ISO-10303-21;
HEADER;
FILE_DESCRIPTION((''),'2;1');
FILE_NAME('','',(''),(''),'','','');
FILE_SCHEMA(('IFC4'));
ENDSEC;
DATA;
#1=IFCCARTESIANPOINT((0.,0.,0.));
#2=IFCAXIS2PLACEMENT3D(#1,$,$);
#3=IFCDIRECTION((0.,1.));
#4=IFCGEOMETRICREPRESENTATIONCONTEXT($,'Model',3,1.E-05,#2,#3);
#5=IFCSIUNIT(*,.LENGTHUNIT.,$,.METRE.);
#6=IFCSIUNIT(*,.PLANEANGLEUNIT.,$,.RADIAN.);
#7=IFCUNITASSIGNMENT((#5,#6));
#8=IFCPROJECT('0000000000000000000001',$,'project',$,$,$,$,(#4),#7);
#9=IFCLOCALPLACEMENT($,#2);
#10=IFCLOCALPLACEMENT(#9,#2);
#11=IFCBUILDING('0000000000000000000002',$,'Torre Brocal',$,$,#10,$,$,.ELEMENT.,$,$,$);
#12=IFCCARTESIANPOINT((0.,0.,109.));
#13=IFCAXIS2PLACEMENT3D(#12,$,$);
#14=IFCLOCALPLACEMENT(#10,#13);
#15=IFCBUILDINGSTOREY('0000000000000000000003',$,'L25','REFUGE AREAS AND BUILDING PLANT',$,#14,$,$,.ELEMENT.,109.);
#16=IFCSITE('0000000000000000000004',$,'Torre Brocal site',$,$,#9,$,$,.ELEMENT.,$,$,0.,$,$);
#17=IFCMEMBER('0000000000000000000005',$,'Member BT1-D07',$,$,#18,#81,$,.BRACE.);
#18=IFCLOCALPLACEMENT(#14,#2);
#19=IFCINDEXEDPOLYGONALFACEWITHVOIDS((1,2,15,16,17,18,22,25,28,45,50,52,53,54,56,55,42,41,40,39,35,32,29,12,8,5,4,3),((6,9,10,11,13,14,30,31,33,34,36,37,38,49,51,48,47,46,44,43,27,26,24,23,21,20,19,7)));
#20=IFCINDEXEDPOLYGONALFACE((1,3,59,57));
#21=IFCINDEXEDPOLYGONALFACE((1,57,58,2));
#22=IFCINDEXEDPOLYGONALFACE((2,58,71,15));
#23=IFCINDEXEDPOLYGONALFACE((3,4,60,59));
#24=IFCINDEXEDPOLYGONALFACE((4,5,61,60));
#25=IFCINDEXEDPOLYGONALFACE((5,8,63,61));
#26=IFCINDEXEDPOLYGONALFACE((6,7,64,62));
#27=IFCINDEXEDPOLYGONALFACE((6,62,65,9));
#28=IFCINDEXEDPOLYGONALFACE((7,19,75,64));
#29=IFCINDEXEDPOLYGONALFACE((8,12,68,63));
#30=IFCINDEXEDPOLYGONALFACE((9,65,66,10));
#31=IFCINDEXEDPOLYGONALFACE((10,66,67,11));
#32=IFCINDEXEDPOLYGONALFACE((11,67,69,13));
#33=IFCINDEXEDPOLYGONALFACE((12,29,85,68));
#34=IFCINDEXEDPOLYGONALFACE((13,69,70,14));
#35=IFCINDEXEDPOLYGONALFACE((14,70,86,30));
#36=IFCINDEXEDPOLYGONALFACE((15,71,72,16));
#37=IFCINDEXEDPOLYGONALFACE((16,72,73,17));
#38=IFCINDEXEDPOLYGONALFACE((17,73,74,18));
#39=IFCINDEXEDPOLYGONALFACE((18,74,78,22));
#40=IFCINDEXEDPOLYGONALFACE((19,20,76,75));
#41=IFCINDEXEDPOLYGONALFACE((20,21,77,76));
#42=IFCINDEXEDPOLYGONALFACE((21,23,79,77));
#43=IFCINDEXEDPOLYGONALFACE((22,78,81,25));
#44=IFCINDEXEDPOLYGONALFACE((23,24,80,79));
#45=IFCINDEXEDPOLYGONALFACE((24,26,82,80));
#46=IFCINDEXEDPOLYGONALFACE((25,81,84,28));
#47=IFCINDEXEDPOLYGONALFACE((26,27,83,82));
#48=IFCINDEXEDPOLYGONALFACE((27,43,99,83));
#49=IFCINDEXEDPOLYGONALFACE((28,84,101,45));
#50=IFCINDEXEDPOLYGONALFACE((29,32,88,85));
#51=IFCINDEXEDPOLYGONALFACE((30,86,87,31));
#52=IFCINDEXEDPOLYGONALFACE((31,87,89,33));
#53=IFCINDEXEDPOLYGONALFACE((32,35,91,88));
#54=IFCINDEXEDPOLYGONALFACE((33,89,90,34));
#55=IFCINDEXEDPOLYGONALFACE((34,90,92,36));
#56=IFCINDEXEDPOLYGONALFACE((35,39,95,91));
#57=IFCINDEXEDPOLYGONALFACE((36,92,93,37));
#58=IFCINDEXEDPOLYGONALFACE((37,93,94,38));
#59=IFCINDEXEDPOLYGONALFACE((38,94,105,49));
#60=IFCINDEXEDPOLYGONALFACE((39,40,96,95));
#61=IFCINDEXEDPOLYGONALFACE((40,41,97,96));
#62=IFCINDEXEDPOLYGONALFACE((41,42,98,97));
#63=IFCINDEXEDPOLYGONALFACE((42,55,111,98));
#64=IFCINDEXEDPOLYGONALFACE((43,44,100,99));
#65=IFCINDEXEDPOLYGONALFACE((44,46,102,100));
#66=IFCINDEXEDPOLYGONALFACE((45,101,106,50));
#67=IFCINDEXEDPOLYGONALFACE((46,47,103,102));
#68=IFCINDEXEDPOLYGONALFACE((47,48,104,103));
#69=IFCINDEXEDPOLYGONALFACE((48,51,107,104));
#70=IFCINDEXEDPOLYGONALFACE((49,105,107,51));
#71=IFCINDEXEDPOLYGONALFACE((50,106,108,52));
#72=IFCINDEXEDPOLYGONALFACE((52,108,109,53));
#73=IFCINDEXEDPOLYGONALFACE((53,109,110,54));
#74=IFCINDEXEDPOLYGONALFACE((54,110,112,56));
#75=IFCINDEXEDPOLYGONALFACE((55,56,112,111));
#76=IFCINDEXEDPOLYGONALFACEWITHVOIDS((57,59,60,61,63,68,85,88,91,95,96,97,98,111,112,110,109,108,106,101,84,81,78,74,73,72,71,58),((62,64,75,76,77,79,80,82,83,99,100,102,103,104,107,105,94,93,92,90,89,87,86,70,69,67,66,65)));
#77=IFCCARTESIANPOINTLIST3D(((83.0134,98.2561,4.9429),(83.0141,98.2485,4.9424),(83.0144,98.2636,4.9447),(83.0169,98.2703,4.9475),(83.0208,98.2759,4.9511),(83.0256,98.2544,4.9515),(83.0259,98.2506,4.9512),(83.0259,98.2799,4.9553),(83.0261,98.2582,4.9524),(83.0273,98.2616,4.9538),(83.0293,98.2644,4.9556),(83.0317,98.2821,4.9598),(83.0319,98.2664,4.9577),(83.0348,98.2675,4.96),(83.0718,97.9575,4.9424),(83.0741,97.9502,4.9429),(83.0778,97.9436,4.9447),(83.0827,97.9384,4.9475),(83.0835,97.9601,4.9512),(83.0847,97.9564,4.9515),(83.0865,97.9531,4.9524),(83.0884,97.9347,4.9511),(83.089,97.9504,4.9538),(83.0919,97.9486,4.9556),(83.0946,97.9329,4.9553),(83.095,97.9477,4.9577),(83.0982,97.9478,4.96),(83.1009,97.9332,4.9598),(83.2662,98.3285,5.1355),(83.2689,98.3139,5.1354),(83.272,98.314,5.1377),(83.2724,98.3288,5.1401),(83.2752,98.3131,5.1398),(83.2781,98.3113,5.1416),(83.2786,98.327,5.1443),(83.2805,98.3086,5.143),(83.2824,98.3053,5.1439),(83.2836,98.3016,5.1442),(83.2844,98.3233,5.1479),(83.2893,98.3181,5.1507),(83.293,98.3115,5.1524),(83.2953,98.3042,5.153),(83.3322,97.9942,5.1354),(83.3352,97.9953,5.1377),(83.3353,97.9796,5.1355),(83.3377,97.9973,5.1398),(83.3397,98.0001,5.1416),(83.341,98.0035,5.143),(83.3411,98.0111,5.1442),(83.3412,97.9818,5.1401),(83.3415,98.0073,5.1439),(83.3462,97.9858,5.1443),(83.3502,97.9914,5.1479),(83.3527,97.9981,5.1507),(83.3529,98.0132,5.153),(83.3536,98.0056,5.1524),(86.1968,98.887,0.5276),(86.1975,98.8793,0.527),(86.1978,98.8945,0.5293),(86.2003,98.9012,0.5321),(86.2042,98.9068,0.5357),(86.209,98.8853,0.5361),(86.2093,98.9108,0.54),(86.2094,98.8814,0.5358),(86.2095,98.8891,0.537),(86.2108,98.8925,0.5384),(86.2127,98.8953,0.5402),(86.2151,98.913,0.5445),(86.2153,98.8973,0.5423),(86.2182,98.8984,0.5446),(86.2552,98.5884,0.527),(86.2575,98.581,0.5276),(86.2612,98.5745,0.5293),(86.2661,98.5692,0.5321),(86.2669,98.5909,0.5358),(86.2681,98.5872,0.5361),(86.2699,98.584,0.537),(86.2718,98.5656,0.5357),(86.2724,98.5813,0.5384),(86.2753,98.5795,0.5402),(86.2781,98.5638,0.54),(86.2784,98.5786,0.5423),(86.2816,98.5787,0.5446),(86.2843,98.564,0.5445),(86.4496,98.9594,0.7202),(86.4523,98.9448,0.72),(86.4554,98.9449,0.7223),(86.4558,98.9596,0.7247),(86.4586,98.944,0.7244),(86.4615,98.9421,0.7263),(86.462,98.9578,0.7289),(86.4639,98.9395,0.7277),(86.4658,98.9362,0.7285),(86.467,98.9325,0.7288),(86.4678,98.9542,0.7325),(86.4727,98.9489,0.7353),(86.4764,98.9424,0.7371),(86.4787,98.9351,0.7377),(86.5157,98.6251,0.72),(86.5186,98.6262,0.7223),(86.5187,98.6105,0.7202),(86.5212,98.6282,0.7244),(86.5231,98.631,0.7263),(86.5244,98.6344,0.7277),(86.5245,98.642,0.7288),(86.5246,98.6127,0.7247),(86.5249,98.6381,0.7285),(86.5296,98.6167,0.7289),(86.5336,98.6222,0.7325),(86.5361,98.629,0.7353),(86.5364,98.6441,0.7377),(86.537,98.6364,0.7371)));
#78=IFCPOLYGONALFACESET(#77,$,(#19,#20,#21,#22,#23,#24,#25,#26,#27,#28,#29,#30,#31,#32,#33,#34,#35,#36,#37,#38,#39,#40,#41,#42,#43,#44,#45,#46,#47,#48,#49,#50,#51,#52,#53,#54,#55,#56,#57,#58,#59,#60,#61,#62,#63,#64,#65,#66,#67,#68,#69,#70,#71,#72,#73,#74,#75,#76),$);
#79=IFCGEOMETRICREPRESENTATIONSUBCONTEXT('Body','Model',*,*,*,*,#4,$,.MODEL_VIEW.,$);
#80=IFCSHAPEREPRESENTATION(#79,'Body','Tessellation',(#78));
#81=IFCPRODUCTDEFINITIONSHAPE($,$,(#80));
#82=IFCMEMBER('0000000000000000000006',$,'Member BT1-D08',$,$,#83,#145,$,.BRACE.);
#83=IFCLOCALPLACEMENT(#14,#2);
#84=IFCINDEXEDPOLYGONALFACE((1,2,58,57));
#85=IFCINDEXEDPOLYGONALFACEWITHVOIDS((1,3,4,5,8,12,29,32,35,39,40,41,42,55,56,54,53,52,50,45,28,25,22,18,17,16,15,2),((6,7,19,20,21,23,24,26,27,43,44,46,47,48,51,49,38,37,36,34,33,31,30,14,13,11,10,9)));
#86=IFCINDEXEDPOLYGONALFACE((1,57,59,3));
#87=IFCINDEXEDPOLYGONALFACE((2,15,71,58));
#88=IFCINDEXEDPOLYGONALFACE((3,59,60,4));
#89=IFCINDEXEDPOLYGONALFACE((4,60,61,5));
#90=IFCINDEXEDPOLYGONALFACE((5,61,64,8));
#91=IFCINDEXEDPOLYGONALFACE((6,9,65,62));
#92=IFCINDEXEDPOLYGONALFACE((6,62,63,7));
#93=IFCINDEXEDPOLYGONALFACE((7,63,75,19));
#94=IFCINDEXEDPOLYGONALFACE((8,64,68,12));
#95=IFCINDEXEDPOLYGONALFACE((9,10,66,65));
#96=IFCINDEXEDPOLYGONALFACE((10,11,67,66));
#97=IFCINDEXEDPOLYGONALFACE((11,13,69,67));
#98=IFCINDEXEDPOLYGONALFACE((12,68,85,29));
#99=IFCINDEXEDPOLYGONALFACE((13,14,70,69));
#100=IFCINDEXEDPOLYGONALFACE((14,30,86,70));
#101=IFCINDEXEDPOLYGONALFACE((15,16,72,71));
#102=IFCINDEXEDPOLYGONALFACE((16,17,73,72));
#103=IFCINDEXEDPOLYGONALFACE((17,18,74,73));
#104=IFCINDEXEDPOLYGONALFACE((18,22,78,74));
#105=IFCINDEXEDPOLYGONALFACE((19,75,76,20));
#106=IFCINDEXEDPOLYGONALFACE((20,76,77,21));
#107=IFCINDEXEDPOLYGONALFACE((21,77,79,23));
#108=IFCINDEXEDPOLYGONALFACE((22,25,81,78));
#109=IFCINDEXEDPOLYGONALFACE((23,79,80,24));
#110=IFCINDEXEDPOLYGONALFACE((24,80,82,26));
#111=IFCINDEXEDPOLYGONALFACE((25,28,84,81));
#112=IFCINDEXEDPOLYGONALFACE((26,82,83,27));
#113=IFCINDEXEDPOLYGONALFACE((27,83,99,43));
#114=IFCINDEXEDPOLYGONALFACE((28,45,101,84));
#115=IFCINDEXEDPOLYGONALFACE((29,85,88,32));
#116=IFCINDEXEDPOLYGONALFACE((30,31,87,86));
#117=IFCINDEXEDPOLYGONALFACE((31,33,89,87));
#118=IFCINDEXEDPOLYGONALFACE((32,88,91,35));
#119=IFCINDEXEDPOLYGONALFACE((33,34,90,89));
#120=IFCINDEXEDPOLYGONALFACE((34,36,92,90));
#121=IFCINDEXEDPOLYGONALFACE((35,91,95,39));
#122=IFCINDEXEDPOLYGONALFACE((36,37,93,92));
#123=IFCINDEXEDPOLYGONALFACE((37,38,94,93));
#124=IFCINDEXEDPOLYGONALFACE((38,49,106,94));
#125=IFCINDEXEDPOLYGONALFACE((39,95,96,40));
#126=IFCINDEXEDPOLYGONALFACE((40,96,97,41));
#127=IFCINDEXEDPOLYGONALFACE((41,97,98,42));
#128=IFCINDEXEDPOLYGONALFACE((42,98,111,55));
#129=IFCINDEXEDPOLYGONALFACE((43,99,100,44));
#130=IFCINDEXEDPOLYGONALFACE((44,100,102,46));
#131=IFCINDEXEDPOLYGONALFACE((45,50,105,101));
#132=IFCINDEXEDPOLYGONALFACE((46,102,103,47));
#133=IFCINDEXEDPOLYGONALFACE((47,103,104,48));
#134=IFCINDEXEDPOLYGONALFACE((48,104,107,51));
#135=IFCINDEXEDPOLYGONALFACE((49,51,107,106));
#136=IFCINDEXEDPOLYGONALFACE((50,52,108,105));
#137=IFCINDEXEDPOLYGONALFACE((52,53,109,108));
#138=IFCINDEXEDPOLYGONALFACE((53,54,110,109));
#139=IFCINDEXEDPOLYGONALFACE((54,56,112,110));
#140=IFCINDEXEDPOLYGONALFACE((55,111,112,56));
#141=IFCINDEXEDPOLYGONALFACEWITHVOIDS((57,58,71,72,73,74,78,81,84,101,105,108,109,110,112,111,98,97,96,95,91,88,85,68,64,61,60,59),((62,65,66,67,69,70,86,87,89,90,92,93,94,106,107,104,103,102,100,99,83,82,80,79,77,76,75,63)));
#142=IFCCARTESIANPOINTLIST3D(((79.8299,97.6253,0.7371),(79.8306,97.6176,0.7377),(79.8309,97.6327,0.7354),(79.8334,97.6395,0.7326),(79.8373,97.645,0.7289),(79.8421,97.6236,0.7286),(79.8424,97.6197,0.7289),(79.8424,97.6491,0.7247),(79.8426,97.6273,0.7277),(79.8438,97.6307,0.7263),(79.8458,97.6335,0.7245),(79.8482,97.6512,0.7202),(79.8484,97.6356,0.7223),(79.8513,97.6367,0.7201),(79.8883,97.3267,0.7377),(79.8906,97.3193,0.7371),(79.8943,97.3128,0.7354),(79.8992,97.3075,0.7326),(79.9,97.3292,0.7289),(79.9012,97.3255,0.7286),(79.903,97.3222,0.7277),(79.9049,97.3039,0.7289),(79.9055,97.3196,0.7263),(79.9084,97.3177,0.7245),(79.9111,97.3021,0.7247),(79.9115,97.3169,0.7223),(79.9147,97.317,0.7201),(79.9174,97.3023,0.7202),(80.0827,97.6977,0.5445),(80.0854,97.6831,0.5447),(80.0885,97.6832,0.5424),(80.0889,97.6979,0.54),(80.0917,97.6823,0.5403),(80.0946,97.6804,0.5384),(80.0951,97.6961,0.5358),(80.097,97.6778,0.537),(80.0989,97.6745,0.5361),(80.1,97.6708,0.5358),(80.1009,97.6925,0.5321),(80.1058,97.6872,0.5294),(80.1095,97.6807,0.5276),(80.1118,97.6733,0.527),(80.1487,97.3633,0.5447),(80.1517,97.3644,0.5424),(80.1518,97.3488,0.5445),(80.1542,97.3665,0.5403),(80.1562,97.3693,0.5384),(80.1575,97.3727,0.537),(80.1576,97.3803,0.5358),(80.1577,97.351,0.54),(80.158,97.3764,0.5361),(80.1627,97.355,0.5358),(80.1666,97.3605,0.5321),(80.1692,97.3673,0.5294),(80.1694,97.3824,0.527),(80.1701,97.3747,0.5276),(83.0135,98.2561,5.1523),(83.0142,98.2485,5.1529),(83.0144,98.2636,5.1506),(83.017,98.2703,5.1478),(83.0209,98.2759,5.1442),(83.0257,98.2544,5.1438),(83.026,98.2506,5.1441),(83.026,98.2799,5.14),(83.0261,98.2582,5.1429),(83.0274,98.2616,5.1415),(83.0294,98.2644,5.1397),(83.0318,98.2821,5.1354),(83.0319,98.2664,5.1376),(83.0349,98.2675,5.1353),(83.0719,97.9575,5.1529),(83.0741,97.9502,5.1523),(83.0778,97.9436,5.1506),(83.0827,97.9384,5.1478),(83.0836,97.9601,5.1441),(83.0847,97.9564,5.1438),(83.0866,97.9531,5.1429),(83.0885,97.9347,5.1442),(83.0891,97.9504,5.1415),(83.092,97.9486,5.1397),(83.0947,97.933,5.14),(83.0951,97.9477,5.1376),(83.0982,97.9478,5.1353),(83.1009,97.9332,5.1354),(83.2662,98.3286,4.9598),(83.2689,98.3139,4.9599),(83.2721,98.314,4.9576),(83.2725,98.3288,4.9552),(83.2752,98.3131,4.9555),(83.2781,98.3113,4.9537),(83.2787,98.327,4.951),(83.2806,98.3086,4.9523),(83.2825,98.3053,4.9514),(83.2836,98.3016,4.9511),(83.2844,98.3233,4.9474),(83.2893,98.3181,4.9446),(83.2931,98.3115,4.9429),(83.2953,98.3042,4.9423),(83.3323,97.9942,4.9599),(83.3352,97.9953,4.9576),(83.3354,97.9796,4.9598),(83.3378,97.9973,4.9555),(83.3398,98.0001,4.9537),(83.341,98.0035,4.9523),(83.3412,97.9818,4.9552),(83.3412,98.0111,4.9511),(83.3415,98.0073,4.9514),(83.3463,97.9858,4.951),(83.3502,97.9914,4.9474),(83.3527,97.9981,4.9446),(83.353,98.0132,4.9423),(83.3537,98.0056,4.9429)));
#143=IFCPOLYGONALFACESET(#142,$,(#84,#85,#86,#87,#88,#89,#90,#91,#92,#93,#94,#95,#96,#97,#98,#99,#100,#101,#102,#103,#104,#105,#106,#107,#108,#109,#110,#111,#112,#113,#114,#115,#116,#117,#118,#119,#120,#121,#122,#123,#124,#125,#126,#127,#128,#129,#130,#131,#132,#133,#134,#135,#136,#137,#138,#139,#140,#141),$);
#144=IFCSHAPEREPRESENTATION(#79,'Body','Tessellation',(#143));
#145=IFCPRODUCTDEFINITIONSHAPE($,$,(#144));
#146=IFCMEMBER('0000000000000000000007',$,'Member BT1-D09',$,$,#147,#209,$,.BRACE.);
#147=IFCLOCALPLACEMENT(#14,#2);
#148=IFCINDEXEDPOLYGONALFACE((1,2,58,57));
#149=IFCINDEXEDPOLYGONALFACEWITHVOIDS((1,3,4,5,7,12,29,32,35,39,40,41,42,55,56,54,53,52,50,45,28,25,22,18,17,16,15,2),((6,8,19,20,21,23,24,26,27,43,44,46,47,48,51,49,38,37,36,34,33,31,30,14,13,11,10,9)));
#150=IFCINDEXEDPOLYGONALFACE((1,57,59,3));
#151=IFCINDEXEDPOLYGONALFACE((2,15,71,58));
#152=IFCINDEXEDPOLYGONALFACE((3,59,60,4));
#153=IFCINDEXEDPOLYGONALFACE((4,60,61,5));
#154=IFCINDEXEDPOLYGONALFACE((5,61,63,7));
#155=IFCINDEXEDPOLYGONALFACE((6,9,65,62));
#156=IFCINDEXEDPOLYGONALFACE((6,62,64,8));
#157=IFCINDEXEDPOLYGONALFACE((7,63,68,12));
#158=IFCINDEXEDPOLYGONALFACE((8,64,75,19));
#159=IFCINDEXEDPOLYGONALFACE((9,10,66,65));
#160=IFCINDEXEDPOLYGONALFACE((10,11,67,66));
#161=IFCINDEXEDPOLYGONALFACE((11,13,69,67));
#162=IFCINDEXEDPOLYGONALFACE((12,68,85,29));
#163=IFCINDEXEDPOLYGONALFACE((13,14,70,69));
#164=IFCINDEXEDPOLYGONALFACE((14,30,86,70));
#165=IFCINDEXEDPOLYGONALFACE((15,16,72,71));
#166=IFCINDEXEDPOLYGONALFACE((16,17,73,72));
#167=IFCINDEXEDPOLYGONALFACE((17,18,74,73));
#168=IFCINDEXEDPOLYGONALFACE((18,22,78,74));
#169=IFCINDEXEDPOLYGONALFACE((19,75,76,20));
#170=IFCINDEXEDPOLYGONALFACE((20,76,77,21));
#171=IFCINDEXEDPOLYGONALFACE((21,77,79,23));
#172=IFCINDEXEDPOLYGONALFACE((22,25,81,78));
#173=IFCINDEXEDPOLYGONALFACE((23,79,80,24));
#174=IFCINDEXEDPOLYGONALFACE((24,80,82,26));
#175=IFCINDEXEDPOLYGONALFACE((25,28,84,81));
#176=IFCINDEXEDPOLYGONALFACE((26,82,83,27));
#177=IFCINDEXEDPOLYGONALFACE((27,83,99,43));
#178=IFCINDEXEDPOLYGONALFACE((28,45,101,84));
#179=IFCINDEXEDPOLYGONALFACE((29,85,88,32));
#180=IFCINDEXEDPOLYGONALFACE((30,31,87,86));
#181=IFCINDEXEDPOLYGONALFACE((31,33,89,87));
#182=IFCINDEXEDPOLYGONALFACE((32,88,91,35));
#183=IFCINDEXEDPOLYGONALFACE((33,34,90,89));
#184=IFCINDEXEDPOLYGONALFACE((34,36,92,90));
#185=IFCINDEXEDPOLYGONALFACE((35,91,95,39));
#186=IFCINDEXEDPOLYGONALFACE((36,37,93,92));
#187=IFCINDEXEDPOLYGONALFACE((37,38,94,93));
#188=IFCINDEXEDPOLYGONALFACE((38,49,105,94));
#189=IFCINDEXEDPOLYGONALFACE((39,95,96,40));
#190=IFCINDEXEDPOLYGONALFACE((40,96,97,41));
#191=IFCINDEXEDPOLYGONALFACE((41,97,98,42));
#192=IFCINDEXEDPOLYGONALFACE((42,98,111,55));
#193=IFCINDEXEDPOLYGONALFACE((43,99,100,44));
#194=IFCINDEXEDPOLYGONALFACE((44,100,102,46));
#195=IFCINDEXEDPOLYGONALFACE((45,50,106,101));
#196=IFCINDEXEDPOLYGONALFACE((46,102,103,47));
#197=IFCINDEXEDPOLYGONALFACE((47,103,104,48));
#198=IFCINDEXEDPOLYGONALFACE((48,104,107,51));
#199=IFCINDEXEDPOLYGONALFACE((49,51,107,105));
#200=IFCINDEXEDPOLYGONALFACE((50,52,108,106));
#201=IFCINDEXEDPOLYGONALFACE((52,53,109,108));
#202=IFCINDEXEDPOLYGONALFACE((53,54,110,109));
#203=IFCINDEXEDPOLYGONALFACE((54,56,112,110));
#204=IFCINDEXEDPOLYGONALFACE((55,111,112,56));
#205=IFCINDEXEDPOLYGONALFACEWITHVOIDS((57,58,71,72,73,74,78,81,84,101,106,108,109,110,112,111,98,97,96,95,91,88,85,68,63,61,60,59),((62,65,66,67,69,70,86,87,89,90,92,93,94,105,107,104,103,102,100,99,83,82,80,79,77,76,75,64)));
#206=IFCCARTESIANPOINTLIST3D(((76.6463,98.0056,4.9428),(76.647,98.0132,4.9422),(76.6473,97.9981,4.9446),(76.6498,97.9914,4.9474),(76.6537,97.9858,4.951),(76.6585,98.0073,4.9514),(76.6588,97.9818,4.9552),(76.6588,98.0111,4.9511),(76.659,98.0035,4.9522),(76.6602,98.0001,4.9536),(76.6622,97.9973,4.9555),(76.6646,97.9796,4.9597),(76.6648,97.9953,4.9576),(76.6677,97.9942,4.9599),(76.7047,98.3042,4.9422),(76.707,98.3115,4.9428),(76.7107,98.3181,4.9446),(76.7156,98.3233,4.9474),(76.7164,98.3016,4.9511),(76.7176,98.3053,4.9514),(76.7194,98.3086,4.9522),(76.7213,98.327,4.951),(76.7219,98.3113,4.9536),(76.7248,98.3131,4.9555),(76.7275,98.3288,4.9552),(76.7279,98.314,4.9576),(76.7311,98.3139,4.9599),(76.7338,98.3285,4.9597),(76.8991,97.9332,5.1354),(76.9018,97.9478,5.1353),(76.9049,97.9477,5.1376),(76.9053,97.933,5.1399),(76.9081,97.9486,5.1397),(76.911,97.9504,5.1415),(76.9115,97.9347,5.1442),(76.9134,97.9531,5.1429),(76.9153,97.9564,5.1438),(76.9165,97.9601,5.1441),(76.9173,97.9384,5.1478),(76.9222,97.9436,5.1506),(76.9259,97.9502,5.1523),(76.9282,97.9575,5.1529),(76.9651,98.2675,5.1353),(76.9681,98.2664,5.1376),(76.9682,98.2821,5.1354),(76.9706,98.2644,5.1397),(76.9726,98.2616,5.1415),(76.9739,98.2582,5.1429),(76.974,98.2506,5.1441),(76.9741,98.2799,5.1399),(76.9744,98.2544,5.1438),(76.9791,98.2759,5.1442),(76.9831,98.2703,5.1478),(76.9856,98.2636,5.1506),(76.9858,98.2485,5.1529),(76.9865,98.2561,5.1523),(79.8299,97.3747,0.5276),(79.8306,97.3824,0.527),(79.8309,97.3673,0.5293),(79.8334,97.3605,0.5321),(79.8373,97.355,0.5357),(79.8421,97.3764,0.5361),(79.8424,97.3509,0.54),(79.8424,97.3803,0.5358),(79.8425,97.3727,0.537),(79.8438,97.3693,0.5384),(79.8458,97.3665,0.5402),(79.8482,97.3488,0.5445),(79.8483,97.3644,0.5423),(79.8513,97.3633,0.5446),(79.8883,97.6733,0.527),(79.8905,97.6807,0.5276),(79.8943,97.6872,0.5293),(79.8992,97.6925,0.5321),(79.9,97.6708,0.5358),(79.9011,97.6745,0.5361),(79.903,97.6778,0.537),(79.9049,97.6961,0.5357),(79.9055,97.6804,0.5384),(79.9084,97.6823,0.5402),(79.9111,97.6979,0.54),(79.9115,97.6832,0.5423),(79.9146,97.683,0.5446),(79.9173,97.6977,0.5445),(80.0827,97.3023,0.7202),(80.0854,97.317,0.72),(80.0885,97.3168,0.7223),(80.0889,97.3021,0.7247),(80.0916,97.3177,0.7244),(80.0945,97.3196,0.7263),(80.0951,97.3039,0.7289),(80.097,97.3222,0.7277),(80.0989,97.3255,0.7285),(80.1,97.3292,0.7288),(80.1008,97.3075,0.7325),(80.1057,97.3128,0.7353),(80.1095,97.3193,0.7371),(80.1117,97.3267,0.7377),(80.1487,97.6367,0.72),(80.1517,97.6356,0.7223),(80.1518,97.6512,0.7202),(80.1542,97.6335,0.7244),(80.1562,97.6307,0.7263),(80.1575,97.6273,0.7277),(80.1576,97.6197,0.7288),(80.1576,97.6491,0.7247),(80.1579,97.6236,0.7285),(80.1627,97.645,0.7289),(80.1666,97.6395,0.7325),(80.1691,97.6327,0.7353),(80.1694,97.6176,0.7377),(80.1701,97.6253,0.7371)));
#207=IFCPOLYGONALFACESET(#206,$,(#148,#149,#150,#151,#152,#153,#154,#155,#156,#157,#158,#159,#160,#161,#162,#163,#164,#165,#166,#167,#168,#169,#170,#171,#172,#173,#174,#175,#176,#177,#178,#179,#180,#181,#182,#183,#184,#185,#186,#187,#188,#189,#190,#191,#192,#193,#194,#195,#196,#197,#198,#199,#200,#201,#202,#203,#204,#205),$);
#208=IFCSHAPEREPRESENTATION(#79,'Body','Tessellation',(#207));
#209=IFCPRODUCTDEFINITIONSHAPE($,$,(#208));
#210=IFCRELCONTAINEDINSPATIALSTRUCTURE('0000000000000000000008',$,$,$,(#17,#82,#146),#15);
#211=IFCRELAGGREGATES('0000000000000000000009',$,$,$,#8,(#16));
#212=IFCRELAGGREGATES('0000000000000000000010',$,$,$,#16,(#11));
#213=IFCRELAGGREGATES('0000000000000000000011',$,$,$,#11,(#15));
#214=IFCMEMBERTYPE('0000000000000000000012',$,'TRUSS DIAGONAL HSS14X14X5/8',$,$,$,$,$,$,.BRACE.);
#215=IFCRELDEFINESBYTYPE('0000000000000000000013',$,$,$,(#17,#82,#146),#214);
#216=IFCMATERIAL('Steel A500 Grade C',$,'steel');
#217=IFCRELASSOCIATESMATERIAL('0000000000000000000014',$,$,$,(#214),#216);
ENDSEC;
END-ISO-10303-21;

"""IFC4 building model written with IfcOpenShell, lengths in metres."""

from ifc_helpers import new_model, si_unit, direction, frame, origin, origin_2d, place, context, subcontext, project, spatial, hollow_rectangle, extrude, material, material_profile, profile_set, type_object, element, save


model = new_model("IFC4")

# Units and contexts
model_context = context("Model", 3, precision=1e-05, world=origin(), true_north=direction((0.0, 1.0)))
body_context = subcontext(model_context, "Body", "Model", "MODEL_VIEW")
ifc_project = project(units=[si_unit("LENGTHUNIT", "METRE"), si_unit("PLANEANGLEUNIT", "RADIAN")], contexts=[model_context])

# Site, building, storey
site_placement = place(None, origin())
site = spatial("IfcSite", under=ifc_project, at=site_placement, Name="Torre Brocal site", CompositionType="ELEMENT", RefElevation=0.0)
building_placement = place(site_placement, origin())
building = spatial("IfcBuilding", under=site, at=building_placement, Name="Torre Brocal", CompositionType="ELEMENT")
storey_placement = place(building_placement, frame((0.0, 0.0, 109.0)))
storey = spatial("IfcBuildingStorey", under=building, at=storey_placement, Name="L25", Description="REFUGE AREAS AND BUILDING PLANT", CompositionType="ELEMENT", Elevation=109.0)

# Members
ifc_material_1 = material(Name="Steel A500 Grade C", Category="steel")
ifc_material_profile_1 = material_profile(ifc_material_1, hollow_rectangle(XDim=0.3557, YDim=0.3557, WallThickness=0.0149, InnerFilletRadius=0.0149, OuterFilletRadius=0.0295, at=origin_2d()), Name="HSS14X14X5/8")
ifc_profile_set_1 = profile_set([ifc_material_profile_1], Name="Steel A500 Grade C")
member_type_1 = type_object("IfcMemberType", Name="TRUSS DIAGONAL HSS14X14X5/8", PredefinedType="BRACE", material=ifc_profile_set_1)
for number, where, z_axis, x_axis, name in (
    (1, (86.3669, 98.7617, 0.6323), (-0.580942, -0.115128, 0.805762), (0.194394, -0.980923, 0.0), "Member BT1-D07"),
    (2, (83.1836, 98.1309, 5.0476), (-0.580971, -0.115125, -0.805741), (0.19438, -0.980926, 0.0), "Member BT1-D08"),
    (3, (80.0, 97.5, 0.6323), (-0.580971, 0.115125, 0.805741), (-0.19438, -0.980926, 0.0), "Member BT1-D09"),
):
    element("IfcMember", number, at=place(storey_placement, frame(where, z_axis=z_axis, x_axis=x_axis)), inside=storey, type_object=member_type_1, Name=name, PredefinedType="BRACE", context=body_context, shape_type="SweptSolid", body=[
        extrude(hollow_rectangle(XDim=0.3557, YDim=0.3557, WallThickness=0.0149, InnerFilletRadius=0.0149, OuterFilletRadius=0.0295, at=origin_2d()), origin(), (0.0, 0.0, 1.0), 5.4797),
    ])

save(model, "model.ifc")
